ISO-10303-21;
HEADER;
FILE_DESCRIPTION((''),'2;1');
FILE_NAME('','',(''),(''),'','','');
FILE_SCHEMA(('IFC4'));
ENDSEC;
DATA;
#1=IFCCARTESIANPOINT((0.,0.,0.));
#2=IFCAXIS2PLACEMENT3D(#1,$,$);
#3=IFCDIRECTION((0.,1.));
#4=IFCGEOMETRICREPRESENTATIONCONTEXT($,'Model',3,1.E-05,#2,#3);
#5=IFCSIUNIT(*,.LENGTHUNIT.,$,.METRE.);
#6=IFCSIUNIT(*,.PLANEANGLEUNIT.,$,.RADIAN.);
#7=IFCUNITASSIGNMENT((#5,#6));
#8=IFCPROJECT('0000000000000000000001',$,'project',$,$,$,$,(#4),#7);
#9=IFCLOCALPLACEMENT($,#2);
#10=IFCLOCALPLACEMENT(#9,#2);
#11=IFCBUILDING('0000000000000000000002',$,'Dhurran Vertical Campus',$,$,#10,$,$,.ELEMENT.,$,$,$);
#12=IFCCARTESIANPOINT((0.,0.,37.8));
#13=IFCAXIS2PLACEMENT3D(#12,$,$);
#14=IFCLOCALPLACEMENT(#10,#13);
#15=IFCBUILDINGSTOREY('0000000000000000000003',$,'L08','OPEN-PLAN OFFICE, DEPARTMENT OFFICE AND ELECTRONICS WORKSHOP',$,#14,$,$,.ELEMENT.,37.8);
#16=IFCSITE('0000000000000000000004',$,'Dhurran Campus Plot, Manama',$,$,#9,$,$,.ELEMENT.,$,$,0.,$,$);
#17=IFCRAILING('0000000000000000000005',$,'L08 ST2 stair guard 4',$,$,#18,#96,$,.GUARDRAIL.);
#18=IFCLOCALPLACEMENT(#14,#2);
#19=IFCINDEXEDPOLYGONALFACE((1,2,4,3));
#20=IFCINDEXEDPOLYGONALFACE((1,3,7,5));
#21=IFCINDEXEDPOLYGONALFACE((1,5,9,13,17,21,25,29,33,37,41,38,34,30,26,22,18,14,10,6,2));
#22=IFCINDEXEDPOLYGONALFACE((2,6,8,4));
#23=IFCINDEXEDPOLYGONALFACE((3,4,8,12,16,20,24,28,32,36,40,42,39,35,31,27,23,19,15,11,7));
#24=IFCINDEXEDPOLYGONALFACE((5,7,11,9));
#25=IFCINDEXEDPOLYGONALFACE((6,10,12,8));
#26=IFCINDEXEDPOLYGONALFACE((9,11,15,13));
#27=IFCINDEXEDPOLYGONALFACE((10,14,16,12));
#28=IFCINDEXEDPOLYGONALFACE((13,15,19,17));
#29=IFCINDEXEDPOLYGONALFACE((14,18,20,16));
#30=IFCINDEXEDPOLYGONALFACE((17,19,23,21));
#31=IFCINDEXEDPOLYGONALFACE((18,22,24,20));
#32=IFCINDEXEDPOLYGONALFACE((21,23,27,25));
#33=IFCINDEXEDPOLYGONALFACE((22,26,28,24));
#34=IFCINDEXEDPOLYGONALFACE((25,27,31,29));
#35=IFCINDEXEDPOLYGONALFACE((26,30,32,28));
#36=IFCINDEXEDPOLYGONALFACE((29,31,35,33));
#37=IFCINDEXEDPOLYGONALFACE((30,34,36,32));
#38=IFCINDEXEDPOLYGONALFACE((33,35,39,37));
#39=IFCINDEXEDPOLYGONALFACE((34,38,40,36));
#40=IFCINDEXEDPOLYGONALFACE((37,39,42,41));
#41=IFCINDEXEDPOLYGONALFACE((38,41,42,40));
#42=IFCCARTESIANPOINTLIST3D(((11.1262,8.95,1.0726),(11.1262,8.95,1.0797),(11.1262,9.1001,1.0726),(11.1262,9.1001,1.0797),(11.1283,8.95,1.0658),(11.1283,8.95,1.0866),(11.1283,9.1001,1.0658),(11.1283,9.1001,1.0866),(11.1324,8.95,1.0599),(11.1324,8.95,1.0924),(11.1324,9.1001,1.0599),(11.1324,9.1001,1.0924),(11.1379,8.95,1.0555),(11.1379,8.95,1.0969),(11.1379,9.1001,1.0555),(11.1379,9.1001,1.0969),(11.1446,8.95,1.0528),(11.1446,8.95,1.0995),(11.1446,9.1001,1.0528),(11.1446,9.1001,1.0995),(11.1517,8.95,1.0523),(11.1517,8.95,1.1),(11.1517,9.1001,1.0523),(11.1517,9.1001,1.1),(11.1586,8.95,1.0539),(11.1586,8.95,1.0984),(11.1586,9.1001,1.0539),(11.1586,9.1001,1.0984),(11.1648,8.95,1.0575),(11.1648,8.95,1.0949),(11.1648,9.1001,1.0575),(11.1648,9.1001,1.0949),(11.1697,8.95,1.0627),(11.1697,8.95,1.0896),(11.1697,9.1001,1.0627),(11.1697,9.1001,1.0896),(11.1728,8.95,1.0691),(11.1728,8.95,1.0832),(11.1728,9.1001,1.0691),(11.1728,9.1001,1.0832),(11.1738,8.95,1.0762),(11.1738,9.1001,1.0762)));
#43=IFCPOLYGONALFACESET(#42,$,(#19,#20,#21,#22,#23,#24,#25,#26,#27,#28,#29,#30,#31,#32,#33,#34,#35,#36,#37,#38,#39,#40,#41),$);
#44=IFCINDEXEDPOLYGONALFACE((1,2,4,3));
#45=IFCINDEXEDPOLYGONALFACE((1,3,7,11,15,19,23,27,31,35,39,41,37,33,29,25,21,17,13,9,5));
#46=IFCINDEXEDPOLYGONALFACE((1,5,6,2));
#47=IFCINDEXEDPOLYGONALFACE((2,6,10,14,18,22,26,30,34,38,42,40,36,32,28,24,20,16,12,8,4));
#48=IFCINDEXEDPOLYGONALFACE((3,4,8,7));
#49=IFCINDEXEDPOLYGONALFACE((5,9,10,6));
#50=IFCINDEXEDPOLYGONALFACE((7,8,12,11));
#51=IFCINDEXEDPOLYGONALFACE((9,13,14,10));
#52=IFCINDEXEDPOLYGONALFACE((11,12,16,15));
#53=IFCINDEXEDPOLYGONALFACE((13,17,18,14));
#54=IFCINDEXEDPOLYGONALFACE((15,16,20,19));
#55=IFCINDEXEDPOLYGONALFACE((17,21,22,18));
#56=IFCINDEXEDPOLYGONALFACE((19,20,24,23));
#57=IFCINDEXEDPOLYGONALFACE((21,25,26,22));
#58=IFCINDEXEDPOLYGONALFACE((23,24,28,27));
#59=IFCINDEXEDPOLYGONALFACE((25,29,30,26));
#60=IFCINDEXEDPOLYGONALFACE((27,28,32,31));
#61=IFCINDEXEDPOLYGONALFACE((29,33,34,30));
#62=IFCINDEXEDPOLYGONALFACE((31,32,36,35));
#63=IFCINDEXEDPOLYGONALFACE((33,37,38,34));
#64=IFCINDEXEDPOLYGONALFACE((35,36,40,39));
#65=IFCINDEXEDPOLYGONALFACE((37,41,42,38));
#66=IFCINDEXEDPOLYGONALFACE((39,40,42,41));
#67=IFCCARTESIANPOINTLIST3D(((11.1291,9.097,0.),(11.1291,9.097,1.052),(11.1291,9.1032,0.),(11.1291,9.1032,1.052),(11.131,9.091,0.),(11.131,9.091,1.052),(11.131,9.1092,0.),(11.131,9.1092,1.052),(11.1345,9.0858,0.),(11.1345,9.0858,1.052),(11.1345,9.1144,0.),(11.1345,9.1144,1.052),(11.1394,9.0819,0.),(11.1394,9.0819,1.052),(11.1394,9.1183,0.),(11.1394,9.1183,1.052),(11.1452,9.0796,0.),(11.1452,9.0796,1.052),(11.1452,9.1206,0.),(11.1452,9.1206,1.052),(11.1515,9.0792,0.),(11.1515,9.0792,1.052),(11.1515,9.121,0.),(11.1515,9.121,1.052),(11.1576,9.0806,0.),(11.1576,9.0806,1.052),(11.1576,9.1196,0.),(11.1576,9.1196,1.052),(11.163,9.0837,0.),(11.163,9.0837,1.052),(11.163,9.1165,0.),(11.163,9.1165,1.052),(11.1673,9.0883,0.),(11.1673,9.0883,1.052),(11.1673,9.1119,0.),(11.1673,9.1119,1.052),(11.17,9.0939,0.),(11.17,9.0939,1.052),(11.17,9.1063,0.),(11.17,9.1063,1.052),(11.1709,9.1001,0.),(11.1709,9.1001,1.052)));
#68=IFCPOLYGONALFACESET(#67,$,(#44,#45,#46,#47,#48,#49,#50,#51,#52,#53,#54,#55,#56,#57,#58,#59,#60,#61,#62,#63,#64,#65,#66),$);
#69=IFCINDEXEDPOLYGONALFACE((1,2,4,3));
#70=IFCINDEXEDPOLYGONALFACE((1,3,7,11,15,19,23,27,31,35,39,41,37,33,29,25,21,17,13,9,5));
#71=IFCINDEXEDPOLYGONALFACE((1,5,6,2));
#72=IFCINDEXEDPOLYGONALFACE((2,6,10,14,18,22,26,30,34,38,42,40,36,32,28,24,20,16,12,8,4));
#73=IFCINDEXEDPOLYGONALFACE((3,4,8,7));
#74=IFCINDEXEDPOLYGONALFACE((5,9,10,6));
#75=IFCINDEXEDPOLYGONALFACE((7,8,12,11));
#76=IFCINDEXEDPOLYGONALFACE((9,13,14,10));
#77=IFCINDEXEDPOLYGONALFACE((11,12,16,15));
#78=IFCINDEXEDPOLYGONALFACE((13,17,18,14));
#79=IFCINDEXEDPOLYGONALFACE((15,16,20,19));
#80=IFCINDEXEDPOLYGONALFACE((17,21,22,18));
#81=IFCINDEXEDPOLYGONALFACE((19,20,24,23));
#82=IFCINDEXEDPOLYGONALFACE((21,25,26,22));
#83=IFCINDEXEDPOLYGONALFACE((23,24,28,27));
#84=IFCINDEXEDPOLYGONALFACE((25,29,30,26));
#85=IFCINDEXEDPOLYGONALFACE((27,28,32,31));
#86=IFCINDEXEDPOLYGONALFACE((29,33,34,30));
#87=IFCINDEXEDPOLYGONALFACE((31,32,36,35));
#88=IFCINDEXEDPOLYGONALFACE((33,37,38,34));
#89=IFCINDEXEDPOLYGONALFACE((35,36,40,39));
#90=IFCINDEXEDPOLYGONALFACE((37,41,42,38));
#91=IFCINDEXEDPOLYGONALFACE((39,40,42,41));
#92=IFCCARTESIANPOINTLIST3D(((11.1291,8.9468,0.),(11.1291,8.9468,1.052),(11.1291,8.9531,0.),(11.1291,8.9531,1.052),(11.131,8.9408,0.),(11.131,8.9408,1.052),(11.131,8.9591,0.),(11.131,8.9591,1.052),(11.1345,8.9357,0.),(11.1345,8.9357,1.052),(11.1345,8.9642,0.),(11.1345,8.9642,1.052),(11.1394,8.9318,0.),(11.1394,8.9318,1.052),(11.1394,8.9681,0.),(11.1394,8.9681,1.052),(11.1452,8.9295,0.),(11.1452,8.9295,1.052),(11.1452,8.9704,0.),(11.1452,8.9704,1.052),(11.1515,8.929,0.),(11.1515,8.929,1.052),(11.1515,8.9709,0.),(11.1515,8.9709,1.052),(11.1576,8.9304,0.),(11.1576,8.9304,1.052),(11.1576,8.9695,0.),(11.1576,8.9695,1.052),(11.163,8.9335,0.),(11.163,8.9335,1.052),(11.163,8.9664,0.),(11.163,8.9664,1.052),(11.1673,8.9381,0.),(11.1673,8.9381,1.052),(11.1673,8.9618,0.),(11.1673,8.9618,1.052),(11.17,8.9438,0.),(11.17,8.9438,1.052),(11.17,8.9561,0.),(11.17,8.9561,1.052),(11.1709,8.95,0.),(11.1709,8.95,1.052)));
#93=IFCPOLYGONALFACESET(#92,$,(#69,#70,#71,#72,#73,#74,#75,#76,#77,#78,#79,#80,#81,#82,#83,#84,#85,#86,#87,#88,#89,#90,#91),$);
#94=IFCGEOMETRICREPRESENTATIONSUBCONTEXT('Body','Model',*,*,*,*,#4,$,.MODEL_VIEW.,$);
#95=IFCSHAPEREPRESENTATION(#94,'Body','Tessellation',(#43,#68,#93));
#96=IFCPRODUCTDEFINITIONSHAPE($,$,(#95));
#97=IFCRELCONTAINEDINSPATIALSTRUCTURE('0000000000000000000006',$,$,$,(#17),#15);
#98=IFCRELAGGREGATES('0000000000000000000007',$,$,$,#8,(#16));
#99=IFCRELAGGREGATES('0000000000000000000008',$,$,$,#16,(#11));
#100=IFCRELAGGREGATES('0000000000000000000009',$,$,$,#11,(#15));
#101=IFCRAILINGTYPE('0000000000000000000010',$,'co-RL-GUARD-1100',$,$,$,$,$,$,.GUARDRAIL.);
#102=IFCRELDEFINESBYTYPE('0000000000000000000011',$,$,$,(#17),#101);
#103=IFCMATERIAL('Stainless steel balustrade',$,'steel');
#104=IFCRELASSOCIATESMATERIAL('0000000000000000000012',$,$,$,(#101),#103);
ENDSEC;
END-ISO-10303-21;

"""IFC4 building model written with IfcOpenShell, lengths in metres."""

from ifc_helpers import new_model, si_unit, direction, frame, origin, origin_2d, place, context, subcontext, project, spatial, circle, extrude, material, type_object, element, save


model = new_model("IFC4")

# Units and contexts
model_context = context("Model", 3, precision=1e-05, world=origin(), true_north=direction((0.0, 1.0)))
body_context = subcontext(model_context, "Body", "Model", "MODEL_VIEW")
ifc_project = project(units=[si_unit("LENGTHUNIT", "METRE"), si_unit("PLANEANGLEUNIT", "RADIAN")], contexts=[model_context])

# Site, building, storey
site_placement = place(None, origin())
site = spatial("IfcSite", under=ifc_project, at=site_placement, Name="Dhurran Campus Plot, Manama", CompositionType="ELEMENT", RefElevation=0.0)
building_placement = place(site_placement, origin())
building = spatial("IfcBuilding", under=site, at=building_placement, Name="Dhurran Vertical Campus", CompositionType="ELEMENT")
storey_placement = place(building_placement, frame((0.0, 0.0, 37.8)))
storey = spatial("IfcBuildingStorey", under=building, at=storey_placement, Name="L08", Description="OPEN-PLAN OFFICE, DEPARTMENT OFFICE AND ELECTRONICS WORKSHOP", CompositionType="ELEMENT", Elevation=37.8)

# Railing
ifc_material_1 = material(Name="Stainless steel balustrade", Category="steel")
railing_type_1 = type_object("IfcRailingType", Name="co-RL-GUARD-1100", PredefinedType="GUARDRAIL", material=ifc_material_1)
railing_1_placement = place(storey_placement, frame((11.1499, 9.1001, 0.0)))
element("IfcRailing", 1, at=railing_1_placement, inside=storey, type_object=railing_type_1, Name="L08 ST2 stair guard 4", PredefinedType="GUARDRAIL", context=body_context, shape_type="SweptSolid", body=[
    extrude(circle(Radius=0.0239, at=origin_2d()), frame((0.0, 0.0, 1.0762), z_axis=(0.0, -1.0, 0.0), x_axis=(1.0, 0.0, 0.0)), (0.0, 0.0, 1.0), 0.1501),
    extrude(circle(Radius=0.021, at=origin_2d()), origin(), (0.0, 0.0, 1.0), 1.052),
    extrude(circle(Radius=0.021, at=origin_2d()), frame((0.0, -0.1501, 0.0)), (0.0, 0.0, 1.0), 1.052),
])

save(model, "model.ifc")
